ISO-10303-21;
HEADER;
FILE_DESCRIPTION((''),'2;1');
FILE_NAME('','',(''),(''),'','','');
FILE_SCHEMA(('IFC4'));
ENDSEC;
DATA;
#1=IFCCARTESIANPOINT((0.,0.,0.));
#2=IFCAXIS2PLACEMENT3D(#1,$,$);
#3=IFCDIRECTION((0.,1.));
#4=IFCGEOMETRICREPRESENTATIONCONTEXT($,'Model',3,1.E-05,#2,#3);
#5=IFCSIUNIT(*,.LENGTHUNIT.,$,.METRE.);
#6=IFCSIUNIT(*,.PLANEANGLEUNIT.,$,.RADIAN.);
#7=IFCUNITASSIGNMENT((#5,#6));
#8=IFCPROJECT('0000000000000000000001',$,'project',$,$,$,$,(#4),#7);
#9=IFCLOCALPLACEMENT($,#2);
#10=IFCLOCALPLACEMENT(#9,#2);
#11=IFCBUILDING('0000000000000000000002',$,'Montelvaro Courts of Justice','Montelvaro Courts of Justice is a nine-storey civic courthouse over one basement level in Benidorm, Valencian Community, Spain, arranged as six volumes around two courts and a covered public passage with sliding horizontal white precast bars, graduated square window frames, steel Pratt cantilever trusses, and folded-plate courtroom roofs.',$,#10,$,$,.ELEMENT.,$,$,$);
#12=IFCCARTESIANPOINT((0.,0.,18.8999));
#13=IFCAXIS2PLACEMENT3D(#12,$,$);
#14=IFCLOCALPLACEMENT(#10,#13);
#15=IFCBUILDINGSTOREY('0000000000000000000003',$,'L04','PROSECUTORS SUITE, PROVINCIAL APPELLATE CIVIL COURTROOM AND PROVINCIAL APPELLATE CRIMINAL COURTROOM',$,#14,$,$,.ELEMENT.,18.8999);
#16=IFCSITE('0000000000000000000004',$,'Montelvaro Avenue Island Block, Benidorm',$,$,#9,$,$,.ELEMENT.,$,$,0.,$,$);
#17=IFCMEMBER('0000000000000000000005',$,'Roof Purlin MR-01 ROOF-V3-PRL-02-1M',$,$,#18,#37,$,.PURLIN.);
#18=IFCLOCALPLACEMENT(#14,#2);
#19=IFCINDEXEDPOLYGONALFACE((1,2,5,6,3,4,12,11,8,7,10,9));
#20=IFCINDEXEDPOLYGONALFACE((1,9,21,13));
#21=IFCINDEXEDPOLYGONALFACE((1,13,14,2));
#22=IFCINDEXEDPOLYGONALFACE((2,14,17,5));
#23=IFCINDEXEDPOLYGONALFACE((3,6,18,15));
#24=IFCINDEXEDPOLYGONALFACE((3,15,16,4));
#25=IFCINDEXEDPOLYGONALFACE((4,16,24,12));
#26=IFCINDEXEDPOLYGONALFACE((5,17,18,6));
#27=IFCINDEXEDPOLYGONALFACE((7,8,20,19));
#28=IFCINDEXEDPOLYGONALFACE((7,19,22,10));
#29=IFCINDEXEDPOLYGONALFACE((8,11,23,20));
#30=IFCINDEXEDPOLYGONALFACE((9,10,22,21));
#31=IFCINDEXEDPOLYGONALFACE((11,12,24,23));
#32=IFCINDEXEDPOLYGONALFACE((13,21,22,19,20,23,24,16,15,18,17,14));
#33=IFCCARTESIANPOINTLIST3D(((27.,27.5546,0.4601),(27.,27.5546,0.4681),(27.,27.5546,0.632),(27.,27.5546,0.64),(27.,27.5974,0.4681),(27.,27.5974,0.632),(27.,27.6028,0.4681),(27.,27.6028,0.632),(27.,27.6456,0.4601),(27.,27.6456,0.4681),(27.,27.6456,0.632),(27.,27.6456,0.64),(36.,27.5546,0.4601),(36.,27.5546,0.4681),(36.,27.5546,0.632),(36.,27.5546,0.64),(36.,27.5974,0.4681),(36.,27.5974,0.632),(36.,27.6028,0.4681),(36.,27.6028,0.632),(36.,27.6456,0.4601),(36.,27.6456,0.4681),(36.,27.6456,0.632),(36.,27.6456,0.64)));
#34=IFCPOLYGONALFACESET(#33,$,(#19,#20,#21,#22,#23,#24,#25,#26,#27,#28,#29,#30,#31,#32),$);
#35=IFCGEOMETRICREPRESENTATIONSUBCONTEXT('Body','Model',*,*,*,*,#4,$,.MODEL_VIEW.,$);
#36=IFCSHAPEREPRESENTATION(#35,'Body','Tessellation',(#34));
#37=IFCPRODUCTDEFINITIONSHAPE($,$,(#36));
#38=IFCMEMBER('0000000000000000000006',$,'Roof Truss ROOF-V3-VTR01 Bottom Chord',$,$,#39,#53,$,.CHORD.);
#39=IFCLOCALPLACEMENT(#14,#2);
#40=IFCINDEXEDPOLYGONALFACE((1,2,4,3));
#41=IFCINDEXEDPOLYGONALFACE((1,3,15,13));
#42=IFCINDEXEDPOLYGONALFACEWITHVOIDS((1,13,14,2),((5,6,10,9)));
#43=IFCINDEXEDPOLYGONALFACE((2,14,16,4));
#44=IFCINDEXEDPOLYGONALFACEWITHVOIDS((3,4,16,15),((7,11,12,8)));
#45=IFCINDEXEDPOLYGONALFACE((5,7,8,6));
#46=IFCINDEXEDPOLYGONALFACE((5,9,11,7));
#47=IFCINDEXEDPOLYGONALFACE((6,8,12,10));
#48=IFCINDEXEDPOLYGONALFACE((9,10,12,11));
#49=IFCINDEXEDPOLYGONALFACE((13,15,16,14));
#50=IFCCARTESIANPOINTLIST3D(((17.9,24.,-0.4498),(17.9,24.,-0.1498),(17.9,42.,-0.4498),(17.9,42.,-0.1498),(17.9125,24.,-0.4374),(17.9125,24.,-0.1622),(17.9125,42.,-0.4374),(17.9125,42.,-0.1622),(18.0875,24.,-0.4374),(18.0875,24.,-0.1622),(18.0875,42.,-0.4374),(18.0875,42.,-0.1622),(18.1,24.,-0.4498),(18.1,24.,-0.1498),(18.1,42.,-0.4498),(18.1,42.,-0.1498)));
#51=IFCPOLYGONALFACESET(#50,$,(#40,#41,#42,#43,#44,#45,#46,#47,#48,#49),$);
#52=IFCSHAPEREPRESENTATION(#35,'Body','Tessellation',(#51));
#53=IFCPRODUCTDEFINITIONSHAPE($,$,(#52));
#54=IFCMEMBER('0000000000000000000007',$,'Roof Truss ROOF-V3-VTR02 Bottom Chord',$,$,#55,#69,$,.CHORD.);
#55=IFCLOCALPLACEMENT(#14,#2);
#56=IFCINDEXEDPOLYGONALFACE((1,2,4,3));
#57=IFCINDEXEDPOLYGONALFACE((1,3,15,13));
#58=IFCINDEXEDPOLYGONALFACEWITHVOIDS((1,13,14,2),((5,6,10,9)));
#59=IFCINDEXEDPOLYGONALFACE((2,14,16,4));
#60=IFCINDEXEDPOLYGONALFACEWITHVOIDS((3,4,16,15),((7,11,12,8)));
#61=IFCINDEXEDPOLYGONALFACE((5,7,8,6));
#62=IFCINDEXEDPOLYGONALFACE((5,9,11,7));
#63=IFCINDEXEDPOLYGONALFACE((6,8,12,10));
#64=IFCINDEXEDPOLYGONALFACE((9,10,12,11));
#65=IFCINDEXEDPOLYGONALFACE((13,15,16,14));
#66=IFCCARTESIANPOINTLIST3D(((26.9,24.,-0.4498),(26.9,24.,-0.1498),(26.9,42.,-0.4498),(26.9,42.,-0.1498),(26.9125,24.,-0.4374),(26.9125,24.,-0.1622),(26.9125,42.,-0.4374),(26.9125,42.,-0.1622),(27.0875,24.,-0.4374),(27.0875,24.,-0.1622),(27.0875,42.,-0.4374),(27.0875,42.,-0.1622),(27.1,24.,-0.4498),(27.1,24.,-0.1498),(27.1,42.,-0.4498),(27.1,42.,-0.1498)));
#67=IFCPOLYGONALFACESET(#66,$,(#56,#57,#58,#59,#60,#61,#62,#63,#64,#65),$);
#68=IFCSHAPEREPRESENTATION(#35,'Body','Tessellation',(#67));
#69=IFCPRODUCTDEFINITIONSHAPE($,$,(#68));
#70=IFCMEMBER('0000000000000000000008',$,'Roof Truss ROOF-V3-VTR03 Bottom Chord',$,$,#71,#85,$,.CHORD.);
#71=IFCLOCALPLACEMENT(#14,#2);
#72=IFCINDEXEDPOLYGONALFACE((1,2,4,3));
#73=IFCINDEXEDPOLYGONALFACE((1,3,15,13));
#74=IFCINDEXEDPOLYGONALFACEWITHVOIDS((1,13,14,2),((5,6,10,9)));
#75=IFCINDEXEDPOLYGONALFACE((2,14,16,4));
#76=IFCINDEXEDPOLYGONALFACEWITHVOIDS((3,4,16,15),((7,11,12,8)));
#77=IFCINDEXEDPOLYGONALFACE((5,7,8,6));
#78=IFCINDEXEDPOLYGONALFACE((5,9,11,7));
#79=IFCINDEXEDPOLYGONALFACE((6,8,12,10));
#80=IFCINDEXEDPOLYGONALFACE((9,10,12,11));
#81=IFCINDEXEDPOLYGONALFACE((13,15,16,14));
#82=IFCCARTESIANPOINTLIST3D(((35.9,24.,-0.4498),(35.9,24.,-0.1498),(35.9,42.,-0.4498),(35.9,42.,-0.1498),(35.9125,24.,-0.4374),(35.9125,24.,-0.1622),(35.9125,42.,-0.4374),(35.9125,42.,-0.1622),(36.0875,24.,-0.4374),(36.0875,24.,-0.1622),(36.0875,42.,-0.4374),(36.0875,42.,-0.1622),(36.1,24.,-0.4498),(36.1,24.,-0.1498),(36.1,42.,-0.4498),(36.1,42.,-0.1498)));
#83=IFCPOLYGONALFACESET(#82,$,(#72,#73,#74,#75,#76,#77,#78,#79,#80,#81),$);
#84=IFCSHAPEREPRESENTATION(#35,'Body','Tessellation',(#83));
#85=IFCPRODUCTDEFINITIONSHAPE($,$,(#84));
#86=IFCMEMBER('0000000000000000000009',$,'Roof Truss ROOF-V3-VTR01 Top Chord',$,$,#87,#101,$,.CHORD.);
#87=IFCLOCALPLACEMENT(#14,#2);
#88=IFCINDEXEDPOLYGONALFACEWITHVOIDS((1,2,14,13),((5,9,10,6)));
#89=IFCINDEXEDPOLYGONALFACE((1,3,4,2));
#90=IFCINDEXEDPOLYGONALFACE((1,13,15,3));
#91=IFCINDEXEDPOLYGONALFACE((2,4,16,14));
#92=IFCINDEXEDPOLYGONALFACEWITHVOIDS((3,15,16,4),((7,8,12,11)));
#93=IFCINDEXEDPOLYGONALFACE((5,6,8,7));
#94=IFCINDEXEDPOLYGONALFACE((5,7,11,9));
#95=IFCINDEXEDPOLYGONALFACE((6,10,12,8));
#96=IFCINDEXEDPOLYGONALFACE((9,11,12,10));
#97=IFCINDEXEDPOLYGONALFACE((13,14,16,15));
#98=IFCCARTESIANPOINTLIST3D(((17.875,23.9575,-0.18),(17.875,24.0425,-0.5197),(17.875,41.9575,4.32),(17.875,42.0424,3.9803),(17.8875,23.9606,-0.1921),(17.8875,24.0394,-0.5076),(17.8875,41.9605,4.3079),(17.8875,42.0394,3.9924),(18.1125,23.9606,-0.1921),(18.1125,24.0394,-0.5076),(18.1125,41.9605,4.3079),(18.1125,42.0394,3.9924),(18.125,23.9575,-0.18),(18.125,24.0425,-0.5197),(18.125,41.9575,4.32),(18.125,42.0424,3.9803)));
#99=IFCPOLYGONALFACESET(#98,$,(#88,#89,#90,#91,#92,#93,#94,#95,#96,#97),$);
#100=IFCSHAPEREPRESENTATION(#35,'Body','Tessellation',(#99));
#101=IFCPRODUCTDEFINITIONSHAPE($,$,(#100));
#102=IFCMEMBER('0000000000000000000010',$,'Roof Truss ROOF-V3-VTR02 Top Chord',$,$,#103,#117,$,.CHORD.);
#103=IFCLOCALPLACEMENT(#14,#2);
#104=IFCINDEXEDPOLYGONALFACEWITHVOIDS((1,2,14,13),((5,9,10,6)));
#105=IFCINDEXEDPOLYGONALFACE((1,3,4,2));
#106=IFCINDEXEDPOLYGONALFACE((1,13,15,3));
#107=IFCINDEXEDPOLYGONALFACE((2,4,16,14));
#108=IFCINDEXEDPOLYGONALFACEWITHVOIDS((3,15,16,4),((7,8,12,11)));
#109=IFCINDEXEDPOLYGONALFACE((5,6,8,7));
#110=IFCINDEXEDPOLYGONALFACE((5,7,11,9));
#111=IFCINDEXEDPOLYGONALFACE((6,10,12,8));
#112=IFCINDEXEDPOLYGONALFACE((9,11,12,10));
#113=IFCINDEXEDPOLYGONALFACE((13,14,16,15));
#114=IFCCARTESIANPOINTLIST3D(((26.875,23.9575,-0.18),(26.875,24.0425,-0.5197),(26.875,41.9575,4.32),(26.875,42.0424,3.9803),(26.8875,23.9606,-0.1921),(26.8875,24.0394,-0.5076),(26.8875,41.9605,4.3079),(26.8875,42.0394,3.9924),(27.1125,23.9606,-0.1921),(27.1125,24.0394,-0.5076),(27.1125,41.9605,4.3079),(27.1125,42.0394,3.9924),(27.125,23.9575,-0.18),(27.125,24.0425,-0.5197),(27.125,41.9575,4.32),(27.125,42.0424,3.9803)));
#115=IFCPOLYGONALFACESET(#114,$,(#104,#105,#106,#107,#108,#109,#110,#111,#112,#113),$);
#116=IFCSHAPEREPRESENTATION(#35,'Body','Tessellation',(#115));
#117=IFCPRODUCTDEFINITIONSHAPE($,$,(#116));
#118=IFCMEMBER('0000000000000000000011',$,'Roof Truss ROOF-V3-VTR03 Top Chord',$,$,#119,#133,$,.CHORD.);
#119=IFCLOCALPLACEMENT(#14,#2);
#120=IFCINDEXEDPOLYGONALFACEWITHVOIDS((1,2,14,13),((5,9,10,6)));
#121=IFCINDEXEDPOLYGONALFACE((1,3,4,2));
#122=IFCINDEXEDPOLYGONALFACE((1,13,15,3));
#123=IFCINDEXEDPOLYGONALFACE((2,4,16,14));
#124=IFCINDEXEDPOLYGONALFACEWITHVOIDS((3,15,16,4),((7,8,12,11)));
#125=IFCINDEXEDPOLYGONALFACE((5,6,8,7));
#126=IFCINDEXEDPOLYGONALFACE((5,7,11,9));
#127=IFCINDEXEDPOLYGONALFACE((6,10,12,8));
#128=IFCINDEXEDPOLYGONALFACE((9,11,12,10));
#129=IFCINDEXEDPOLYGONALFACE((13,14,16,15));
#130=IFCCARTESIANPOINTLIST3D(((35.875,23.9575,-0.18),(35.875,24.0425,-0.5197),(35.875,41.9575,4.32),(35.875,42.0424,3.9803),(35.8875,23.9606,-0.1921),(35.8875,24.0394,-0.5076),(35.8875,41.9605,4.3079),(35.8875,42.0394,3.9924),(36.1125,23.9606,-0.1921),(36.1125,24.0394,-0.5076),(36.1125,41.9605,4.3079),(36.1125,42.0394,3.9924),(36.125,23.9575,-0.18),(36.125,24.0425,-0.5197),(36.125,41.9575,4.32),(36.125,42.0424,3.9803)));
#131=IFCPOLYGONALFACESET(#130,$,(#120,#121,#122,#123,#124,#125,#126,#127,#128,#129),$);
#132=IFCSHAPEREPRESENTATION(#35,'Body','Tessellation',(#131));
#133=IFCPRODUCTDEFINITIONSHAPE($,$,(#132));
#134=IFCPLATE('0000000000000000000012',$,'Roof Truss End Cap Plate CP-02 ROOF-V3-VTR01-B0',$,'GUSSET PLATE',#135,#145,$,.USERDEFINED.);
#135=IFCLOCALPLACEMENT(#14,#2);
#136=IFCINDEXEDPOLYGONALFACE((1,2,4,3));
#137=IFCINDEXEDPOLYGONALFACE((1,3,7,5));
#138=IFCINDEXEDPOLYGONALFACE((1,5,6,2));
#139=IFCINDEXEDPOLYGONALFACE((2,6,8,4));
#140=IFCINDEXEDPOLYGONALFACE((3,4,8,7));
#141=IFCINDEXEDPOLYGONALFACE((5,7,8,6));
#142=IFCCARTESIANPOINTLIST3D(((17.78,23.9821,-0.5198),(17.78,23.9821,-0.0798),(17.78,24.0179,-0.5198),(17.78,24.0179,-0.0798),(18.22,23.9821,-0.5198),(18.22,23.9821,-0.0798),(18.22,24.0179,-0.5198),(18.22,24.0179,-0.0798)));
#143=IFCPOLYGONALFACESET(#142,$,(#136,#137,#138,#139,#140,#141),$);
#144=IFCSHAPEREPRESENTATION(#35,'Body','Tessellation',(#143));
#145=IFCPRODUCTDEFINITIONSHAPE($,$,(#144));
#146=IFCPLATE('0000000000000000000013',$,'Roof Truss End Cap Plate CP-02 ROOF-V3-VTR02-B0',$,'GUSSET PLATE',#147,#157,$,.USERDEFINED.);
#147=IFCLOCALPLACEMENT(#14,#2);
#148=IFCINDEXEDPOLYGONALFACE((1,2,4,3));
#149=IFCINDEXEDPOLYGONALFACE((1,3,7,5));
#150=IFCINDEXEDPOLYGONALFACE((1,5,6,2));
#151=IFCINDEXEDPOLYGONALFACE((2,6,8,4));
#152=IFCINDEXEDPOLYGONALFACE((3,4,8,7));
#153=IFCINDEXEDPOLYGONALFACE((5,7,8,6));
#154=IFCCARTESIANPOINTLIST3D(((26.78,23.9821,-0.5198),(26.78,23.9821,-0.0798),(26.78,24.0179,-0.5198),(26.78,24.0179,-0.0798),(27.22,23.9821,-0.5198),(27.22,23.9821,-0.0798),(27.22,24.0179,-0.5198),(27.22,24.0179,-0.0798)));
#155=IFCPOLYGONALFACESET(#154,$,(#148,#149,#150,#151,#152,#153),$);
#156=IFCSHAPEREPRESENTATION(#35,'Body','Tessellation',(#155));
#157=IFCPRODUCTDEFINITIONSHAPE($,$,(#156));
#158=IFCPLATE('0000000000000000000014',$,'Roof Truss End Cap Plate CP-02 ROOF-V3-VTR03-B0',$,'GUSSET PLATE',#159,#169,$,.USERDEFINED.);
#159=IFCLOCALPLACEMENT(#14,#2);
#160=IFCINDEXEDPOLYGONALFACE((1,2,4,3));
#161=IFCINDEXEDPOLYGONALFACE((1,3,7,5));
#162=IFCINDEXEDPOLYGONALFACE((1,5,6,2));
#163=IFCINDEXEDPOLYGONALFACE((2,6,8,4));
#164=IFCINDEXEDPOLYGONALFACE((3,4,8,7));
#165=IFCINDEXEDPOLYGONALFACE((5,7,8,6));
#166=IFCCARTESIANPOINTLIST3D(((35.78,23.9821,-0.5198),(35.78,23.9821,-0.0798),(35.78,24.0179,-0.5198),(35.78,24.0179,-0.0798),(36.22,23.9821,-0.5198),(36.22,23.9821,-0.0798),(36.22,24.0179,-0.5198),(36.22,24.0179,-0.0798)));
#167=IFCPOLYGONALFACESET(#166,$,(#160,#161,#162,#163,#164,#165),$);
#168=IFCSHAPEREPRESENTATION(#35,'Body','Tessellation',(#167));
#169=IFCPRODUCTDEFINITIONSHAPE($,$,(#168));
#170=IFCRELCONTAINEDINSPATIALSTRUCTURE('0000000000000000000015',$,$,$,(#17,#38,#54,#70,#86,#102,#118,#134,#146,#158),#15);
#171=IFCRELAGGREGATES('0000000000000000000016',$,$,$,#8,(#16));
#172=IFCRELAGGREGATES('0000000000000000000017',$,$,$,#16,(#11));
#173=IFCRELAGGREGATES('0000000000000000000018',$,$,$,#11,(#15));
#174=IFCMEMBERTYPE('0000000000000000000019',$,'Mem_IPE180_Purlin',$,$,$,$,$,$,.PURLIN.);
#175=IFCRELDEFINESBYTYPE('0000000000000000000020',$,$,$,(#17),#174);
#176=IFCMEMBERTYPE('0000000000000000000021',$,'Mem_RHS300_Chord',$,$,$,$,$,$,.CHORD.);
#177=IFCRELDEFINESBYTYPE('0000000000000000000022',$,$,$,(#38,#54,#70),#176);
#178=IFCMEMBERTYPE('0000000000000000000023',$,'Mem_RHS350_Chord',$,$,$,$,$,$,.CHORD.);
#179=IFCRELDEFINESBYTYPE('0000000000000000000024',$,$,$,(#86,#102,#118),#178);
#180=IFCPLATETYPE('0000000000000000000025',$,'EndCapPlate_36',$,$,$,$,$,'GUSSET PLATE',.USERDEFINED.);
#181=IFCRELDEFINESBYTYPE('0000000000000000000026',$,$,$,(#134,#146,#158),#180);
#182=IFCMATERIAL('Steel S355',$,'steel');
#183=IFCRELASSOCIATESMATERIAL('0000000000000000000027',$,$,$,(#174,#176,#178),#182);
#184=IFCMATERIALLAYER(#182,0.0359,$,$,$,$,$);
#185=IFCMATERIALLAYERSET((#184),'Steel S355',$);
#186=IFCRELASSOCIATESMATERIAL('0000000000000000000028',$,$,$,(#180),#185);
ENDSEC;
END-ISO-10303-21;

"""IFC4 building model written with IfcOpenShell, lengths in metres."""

from ifc_helpers import new_model, si_unit, direction, frame, origin, origin_2d, place, context, subcontext, project, spatial, rectangle, hollow_rectangle, i_section, extrude, material, layer, layer_set, material_profile, profile_set, type_object, element, save


model = new_model("IFC4")

# Units and contexts
model_context = context("Model", 3, precision=1e-05, world=origin(), true_north=direction((0.0, 1.0)))
body_context = subcontext(model_context, "Body", "Model", "MODEL_VIEW")
ifc_project = project(units=[si_unit("LENGTHUNIT", "METRE"), si_unit("PLANEANGLEUNIT", "RADIAN")], contexts=[model_context])

# Site, building, storey
site_placement = place(None, origin())
site = spatial("IfcSite", under=ifc_project, at=site_placement, Name="Montelvaro Avenue Island Block, Benidorm", CompositionType="ELEMENT", RefElevation=0.0)
building_placement = place(site_placement, origin())
building = spatial("IfcBuilding", under=site, at=building_placement, Name="Montelvaro Courts of Justice", Description="Montelvaro Courts of Justice is a nine-storey civic courthouse over one basement level in Benidorm, Valencian Community, Spain, arranged as six volumes around two courts and a covered public passage with sliding horizontal white precast bars, graduated square window frames, steel Pratt cantilever trusses, and folded-plate courtroom roofs.", CompositionType="ELEMENT")
storey_placement = place(building_placement, frame((0.0, 0.0, 18.8999)))
storey = spatial("IfcBuildingStorey", under=building, at=storey_placement, Name="L04", Description="PROSECUTORS SUITE, PROVINCIAL APPELLATE CIVIL COURTROOM AND PROVINCIAL APPELLATE CRIMINAL COURTROOM", CompositionType="ELEMENT", Elevation=18.8999)

# Members
ifc_material_1 = material(Name="Steel S355", Category="steel")
ifc_material_profile_1 = material_profile(ifc_material_1, i_section(OverallWidth=0.0911, OverallDepth=0.1799, WebThickness=0.0054, FlangeThickness=0.0081, at=origin_2d()), Name="IPE 180")
ifc_profile_set_1 = profile_set([ifc_material_profile_1], Name="Steel S355")
member_type_1 = type_object("IfcMemberType", Name="Mem_IPE180_Purlin", PredefinedType="PURLIN", material=ifc_profile_set_1)
for number, where, z_axis, x_axis, name in (
    (1, (27.0, 27.6001, 0.55), (1.0, 0.0, 0.0), (0.0, 1.0, 0.0), "Roof Purlin MR-01 ROOF-V3-PRL-02-1M"),
):
    element("IfcMember", number, at=place(storey_placement, frame(where, z_axis=z_axis, x_axis=x_axis)), inside=storey, type_object=member_type_1, Name=name, PredefinedType="PURLIN", context=body_context, shape_type="SweptSolid", body=[
        extrude(i_section(OverallWidth=0.0911, OverallDepth=0.1799, WebThickness=0.0054, FlangeThickness=0.0081, at=origin_2d()), origin(), (0.0, 0.0, 1.0), 9.0),
    ])
ifc_material_profile_2 = material_profile(ifc_material_1, hollow_rectangle(XDim=0.2, YDim=0.3, WallThickness=0.0125, at=origin_2d()), Name="RHS 300x200x12.5")
ifc_profile_set_2 = profile_set([ifc_material_profile_2], Name="Steel S355")
member_type_2 = type_object("IfcMemberType", Name="Mem_RHS300_Chord", PredefinedType="CHORD", material=ifc_profile_set_2)
for number, where, z_axis, x_axis, name in (
    (2, (18.0, 24.0, -0.2998), (0.0, 1.0, 0.0), (-1.0, 0.0, 0.0), "Roof Truss ROOF-V3-VTR01 Bottom Chord"),
    (3, (27.0, 24.0, -0.2998), (0.0, 1.0, 0.0), (-1.0, 0.0, 0.0), "Roof Truss ROOF-V3-VTR02 Bottom Chord"),
    (4, (36.0, 24.0, -0.2998), (0.0, 1.0, 0.0), (-1.0, 0.0, 0.0), "Roof Truss ROOF-V3-VTR03 Bottom Chord"),
):
    element("IfcMember", number, at=place(storey_placement, frame(where, z_axis=z_axis, x_axis=x_axis)), inside=storey, type_object=member_type_2, Name=name, PredefinedType="CHORD", context=body_context, shape_type="SweptSolid", body=[
        extrude(hollow_rectangle(XDim=0.2, YDim=0.3, WallThickness=0.0125, at=origin_2d()), origin(), (0.0, 0.0, 1.0), 18.0),
    ])
ifc_material_profile_3 = material_profile(ifc_material_1, hollow_rectangle(XDim=0.25, YDim=0.3501, WallThickness=0.0125, at=origin_2d()), Name="RHS 350x250x12.5")
ifc_profile_set_3 = profile_set([ifc_material_profile_3], Name="Steel S355")
member_type_3 = type_object("IfcMemberType", Name="Mem_RHS350_Chord", PredefinedType="CHORD", material=ifc_profile_set_3)
for number, where, z_axis, x_axis, name in (
    (5, (18.0, 24.0, -0.3499), (0.0, 0.970143, 0.242536), (-1.0, 0.0, 0.0), "Roof Truss ROOF-V3-VTR01 Top Chord"),
    (6, (27.0, 24.0, -0.3499), (0.0, 0.970143, 0.242536), (-1.0, 0.0, 0.0), "Roof Truss ROOF-V3-VTR02 Top Chord"),
    (7, (36.0, 24.0, -0.3499), (0.0, 0.970143, 0.242536), (-1.0, 0.0, 0.0), "Roof Truss ROOF-V3-VTR03 Top Chord"),
):
    element("IfcMember", number, at=place(storey_placement, frame(where, z_axis=z_axis, x_axis=x_axis)), inside=storey, type_object=member_type_3, Name=name, PredefinedType="CHORD", context=body_context, shape_type="SweptSolid", body=[
        extrude(hollow_rectangle(XDim=0.25, YDim=0.3501, WallThickness=0.0125, at=origin_2d()), origin(), (0.0, 0.0, 1.0), 18.554),
    ])

# Plates
ifc_layer_1 = layer(ifc_material_1, 0.0359)
ifc_layer_set_1 = layer_set([ifc_layer_1], Name="Steel S355")
plate_type_1 = type_object("IfcPlateType", Name="EndCapPlate_36", ElementType="GUSSET PLATE", PredefinedType="USERDEFINED", material=ifc_layer_set_1)
for number, where, z_axis, x_axis, name in (
    (8, (18.0, 24.0, -0.5198), (0.0, 0.0, 1.0), (1.0, 0.0, 0.0), "Roof Truss End Cap Plate CP-02 ROOF-V3-VTR01-B0"),
    (9, (27.0, 24.0, -0.5198), (0.0, 0.0, 1.0), (1.0, 0.0, 0.0), "Roof Truss End Cap Plate CP-02 ROOF-V3-VTR02-B0"),
    (10, (36.0, 24.0, -0.5198), (0.0, 0.0, 1.0), (1.0, 0.0, 0.0), "Roof Truss End Cap Plate CP-02 ROOF-V3-VTR03-B0"),
):
    element("IfcPlate", number, at=place(storey_placement, frame(where, z_axis=z_axis, x_axis=x_axis)), inside=storey, type_object=plate_type_1, Name=name, ObjectType="GUSSET PLATE", PredefinedType="USERDEFINED", context=body_context, shape_type="SweptSolid", body=[
        extrude(rectangle(XDim=0.4399, YDim=0.0359, at=origin_2d()), origin(), (0.0, 0.0, 1.0), 0.4399),
    ])

save(model, "model.ifc")
